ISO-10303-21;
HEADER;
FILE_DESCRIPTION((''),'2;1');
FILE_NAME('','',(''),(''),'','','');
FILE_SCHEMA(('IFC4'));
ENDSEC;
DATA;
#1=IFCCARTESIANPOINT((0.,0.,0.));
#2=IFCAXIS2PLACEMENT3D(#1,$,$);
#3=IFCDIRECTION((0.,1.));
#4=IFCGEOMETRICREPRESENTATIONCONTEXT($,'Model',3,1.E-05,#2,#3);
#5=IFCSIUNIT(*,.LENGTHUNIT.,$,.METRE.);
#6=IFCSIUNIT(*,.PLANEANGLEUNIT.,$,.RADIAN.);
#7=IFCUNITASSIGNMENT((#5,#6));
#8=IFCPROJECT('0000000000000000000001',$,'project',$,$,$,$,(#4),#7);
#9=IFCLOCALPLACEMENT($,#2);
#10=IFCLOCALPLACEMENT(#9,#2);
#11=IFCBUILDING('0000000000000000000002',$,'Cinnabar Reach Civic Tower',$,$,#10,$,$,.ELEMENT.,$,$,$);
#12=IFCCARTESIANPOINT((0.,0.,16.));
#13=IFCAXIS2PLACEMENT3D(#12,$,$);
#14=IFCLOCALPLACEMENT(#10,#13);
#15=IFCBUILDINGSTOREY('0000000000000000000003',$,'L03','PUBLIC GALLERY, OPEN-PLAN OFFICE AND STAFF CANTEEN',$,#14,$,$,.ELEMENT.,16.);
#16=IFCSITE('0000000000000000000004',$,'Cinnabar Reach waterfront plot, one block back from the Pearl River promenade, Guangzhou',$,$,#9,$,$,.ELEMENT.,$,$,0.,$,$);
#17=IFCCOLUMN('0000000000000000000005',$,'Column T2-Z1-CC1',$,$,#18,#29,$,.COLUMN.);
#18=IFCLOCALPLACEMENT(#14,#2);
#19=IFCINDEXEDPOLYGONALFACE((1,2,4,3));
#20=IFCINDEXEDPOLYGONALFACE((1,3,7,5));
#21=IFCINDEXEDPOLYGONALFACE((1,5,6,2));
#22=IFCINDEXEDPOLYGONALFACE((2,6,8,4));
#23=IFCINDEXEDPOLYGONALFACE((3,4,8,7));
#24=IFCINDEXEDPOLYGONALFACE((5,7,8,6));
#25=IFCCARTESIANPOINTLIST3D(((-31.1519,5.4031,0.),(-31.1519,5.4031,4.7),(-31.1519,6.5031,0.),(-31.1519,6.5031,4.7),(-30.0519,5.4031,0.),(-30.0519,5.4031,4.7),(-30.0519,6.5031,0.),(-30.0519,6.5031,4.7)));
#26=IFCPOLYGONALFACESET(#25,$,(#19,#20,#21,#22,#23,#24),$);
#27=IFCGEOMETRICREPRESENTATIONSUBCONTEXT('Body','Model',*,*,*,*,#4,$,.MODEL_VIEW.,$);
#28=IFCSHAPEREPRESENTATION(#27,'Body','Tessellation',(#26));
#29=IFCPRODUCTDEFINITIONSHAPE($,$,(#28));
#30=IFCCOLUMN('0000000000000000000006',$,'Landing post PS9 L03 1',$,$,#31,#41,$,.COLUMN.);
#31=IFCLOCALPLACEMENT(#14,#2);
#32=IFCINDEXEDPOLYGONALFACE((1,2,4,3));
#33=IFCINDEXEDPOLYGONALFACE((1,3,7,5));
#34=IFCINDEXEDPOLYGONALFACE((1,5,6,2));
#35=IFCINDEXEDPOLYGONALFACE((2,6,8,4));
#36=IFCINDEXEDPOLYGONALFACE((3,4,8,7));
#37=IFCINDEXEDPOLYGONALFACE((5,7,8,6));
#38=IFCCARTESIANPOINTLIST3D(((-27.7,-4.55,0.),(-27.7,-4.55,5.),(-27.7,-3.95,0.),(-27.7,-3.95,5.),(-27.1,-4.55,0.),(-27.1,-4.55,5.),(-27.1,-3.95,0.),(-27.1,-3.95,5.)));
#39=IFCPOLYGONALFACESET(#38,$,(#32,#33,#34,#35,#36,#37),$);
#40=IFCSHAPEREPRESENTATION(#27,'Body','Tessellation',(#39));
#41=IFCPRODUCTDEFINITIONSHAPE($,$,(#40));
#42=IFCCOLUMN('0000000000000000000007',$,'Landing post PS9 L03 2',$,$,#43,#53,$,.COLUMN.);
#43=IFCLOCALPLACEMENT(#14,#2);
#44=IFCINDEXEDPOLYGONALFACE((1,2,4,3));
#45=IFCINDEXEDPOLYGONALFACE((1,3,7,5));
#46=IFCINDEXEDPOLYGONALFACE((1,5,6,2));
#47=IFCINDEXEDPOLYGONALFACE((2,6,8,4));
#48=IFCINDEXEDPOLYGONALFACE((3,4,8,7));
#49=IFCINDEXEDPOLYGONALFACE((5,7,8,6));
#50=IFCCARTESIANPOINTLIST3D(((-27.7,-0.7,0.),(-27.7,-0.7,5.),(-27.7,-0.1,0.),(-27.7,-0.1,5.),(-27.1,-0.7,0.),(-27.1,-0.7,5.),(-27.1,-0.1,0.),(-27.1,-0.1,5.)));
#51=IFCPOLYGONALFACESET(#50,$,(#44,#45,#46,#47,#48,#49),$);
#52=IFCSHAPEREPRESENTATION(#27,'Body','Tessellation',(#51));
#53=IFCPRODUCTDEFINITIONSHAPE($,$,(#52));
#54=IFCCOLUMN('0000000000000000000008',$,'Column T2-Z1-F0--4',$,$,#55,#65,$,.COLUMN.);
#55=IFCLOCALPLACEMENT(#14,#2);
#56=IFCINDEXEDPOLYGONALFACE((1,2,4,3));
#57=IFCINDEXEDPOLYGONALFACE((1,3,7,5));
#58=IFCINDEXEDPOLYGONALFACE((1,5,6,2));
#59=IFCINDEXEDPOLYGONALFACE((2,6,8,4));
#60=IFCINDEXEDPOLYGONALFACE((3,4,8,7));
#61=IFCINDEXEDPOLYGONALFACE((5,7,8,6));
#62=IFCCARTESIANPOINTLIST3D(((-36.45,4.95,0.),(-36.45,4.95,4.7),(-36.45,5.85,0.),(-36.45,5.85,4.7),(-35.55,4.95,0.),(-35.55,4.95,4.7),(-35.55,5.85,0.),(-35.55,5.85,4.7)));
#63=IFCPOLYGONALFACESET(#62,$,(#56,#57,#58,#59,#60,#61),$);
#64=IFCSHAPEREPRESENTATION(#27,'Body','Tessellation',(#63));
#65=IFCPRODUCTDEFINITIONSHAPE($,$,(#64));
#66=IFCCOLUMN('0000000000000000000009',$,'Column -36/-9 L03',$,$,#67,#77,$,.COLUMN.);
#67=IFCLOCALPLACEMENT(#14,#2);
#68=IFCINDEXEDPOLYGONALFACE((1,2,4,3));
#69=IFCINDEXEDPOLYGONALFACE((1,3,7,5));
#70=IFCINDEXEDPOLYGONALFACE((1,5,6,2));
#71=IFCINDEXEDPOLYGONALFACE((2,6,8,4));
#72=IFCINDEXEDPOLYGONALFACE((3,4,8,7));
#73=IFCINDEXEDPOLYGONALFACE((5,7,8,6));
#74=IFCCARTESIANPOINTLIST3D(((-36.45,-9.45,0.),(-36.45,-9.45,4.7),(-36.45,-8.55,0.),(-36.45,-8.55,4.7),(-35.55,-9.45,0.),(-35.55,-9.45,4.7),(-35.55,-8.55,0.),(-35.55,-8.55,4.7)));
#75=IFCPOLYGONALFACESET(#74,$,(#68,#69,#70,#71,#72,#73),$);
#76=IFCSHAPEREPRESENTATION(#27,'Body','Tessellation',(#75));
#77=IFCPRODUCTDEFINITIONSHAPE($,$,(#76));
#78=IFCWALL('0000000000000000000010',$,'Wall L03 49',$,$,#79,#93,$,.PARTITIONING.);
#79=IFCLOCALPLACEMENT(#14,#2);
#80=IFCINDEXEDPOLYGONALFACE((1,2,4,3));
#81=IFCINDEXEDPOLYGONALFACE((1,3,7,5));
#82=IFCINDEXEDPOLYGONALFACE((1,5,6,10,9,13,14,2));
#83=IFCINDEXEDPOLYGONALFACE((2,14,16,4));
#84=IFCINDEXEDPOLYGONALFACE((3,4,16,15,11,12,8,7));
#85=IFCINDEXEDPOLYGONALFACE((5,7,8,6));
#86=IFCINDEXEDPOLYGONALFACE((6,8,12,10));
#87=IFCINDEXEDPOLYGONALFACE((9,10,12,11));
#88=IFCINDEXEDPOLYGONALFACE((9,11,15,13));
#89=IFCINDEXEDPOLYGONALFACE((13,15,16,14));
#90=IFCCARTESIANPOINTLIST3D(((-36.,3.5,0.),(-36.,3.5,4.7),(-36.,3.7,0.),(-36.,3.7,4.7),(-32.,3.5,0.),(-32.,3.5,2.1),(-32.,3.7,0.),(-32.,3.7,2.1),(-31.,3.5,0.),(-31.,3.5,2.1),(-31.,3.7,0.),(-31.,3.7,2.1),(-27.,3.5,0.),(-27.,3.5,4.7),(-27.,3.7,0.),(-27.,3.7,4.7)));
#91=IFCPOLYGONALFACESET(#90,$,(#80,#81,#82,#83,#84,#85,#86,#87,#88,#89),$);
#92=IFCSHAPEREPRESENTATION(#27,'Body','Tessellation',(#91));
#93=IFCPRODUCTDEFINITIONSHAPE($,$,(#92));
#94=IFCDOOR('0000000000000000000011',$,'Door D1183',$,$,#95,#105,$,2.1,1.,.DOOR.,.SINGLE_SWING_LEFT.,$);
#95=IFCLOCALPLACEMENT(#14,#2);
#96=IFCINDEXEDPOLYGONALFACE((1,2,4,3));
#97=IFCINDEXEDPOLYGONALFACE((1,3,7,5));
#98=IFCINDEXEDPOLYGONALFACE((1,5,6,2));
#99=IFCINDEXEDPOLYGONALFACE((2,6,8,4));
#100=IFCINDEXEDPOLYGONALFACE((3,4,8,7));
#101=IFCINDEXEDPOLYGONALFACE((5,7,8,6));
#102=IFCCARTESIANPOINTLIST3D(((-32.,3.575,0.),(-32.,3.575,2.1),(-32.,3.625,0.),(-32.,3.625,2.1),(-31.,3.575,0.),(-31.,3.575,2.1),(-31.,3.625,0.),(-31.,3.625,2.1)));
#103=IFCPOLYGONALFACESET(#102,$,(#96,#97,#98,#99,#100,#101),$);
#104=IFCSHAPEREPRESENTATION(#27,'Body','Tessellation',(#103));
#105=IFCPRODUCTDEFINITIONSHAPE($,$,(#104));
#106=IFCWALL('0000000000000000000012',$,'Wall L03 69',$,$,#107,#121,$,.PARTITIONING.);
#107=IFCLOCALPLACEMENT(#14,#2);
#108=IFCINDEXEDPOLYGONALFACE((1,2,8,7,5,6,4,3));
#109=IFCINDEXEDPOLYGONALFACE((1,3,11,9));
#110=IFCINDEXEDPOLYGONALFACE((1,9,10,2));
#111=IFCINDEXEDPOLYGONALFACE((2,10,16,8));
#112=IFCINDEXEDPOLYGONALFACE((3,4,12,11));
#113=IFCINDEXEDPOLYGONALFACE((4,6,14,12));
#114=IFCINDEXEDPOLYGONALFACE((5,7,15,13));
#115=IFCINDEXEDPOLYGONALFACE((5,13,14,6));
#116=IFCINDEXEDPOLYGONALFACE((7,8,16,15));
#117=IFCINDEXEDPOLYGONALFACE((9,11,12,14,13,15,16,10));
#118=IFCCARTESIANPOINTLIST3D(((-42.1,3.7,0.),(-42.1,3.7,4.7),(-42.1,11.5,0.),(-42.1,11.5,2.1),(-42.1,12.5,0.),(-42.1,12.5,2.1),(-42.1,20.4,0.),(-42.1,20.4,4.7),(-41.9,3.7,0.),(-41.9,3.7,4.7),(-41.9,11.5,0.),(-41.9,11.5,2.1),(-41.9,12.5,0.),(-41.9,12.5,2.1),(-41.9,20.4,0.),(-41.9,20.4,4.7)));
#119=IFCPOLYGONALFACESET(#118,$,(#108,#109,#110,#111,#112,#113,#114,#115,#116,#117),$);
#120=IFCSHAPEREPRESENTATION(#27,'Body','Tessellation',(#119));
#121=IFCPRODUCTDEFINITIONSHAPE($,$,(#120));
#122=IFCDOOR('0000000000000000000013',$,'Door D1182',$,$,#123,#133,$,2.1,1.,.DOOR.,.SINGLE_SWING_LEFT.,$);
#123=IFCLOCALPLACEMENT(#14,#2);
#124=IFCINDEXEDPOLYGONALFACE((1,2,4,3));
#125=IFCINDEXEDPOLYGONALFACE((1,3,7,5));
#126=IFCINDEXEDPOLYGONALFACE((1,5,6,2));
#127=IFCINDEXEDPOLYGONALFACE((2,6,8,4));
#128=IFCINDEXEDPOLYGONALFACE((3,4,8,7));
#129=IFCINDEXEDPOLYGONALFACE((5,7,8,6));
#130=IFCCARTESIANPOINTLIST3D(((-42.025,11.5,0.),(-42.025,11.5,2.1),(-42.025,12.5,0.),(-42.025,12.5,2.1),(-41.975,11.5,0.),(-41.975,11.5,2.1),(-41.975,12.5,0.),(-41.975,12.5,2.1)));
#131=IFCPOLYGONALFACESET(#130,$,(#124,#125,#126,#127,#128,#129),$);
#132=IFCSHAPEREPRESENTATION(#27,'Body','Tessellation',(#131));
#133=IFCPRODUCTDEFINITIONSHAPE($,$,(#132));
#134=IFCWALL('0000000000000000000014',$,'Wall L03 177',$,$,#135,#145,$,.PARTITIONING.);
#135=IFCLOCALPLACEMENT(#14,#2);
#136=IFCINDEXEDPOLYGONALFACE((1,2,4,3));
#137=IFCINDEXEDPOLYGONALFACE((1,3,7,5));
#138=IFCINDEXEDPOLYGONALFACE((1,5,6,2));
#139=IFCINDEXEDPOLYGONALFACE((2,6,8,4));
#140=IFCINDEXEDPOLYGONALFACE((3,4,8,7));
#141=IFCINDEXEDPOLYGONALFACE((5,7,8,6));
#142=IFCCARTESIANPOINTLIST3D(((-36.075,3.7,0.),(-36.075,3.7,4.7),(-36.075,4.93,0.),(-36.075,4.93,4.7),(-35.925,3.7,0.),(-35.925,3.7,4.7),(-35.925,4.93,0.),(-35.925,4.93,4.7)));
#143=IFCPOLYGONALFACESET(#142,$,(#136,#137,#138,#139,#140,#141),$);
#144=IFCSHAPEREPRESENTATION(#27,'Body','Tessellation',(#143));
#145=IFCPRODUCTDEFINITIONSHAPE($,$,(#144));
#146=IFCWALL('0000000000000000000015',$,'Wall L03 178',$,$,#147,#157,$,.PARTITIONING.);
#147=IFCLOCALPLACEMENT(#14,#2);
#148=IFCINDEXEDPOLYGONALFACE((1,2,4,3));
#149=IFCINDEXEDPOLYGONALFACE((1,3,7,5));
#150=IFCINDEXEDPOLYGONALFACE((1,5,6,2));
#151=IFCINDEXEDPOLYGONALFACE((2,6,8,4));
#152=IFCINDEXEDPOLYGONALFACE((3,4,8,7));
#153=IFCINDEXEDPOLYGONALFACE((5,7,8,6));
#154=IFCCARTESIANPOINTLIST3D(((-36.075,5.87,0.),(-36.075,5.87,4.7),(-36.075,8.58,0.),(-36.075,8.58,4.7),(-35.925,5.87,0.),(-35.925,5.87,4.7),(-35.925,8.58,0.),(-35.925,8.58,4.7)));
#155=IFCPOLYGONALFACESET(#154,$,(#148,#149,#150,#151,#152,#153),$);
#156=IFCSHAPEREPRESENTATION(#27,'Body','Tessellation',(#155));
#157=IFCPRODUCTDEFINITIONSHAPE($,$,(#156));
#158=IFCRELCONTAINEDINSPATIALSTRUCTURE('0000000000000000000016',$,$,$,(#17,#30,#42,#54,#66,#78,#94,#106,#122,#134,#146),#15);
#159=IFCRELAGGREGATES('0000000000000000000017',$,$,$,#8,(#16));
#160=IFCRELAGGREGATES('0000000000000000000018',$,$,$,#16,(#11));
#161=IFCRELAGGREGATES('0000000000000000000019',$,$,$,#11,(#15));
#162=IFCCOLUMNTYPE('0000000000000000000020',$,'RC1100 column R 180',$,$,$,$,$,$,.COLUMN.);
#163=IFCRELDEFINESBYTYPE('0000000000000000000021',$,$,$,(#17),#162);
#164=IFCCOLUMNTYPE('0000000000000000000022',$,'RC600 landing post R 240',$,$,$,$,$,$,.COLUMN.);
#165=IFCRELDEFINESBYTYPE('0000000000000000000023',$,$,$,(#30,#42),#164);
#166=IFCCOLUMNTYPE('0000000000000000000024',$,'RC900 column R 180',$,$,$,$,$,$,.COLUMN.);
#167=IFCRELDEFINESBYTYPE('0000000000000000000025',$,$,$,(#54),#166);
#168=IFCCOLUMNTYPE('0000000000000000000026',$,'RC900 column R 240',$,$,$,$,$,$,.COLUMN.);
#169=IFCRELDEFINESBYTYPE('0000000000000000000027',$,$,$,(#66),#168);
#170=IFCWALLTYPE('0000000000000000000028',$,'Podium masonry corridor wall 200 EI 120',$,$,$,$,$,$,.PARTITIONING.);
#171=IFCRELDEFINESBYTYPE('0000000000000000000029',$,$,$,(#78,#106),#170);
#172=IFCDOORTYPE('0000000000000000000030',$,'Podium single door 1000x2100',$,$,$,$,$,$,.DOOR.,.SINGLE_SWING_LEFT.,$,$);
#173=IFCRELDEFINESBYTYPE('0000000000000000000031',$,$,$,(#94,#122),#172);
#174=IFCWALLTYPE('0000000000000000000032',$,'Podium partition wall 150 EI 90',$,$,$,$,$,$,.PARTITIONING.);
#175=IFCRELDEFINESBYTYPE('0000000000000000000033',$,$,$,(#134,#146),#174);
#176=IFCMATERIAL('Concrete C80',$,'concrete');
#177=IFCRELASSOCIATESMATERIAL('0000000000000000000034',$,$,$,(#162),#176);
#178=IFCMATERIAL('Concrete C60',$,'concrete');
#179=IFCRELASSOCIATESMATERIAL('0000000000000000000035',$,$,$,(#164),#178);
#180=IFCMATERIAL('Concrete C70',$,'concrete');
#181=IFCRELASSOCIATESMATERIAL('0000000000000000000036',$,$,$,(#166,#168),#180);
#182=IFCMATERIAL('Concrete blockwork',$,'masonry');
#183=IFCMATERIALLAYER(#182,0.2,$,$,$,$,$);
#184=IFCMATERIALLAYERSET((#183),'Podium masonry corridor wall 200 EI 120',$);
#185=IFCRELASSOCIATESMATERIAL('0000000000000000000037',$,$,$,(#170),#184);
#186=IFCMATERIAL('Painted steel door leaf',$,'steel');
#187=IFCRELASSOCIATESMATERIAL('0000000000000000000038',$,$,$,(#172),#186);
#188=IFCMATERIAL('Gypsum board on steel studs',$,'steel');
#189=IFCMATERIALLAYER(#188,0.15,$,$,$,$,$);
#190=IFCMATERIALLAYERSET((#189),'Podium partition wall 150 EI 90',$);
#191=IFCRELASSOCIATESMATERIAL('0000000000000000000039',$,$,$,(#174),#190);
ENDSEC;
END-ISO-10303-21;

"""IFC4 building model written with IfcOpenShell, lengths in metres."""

from ifc_helpers import new_model, si_unit, direction, frame, frame_2d, origin, origin_2d, place, context, subcontext, project, spatial, rectangle, extrude, material, layer, layer_set, material_profile, profile_set, type_object, element, fill, save


model = new_model("IFC4")

# Units and contexts
model_context = context("Model", 3, precision=1e-05, world=origin(), true_north=direction((0.0, 1.0)))
body_context = subcontext(model_context, "Body", "Model", "MODEL_VIEW")
ifc_project = project(units=[si_unit("LENGTHUNIT", "METRE"), si_unit("PLANEANGLEUNIT", "RADIAN")], contexts=[model_context])

# Site, building, storey
site_placement = place(None, origin())
site = spatial("IfcSite", under=ifc_project, at=site_placement, Name="Cinnabar Reach waterfront plot, one block back from the Pearl River promenade, Guangzhou", CompositionType="ELEMENT", RefElevation=0.0)
building_placement = place(site_placement, origin())
building = spatial("IfcBuilding", under=site, at=building_placement, Name="Cinnabar Reach Civic Tower", CompositionType="ELEMENT")
storey_placement = place(building_placement, frame((0.0, 0.0, 16.0)))
storey = spatial("IfcBuildingStorey", under=building, at=storey_placement, Name="L03", Description="PUBLIC GALLERY, OPEN-PLAN OFFICE AND STAFF CANTEEN", CompositionType="ELEMENT", Elevation=16.0)

# Columns
ifc_material_1 = material(Name="Concrete C80", Category="concrete")
ifc_material_profile_1 = material_profile(ifc_material_1, rectangle(XDim=1.1, YDim=1.1, at=origin_2d()), Name="RC1100")
ifc_profile_set_1 = profile_set([ifc_material_profile_1], Name="Concrete C80")
column_type_1 = type_object("IfcColumnType", Name="RC1100 column R 180", PredefinedType="COLUMN", material=ifc_profile_set_1)
column_1_placement = place(storey_placement, frame((-30.6019, 5.9531, 0.0), z_axis=(0.0, 0.0, 1.0), x_axis=(1.0, 0.0, 0.0)))
element("IfcColumn", 1, at=column_1_placement, inside=storey, type_object=column_type_1, Name="Column T2-Z1-CC1", PredefinedType="COLUMN", context=body_context, shape_type="SweptSolid", body=[
    extrude(rectangle(XDim=1.1, YDim=1.1, at=origin_2d()), origin(), (0.0, 0.0, 1.0), 4.7),
])
ifc_material_2 = material(Name="Concrete C60", Category="concrete")
ifc_material_profile_2 = material_profile(ifc_material_2, rectangle(XDim=0.6, YDim=0.6, at=origin_2d()), Name="RC600")
ifc_profile_set_2 = profile_set([ifc_material_profile_2], Name="Concrete C60")
column_type_2 = type_object("IfcColumnType", Name="RC600 landing post R 240", PredefinedType="COLUMN", material=ifc_profile_set_2)
for number, where, z_axis, x_axis, name in (
    (2, (-27.4, -4.25, 0.0), (0.0, 0.0, 1.0), (1.0, 0.0, 0.0), "Landing post PS9 L03 1"),
    (3, (-27.4, -0.4, 0.0), (0.0, 0.0, 1.0), (1.0, 0.0, 0.0), "Landing post PS9 L03 2"),
):
    element("IfcColumn", number, at=place(storey_placement, frame(where, z_axis=z_axis, x_axis=x_axis)), inside=storey, type_object=column_type_2, Name=name, PredefinedType="COLUMN", context=body_context, shape_type="SweptSolid", body=[
        extrude(rectangle(XDim=0.6, YDim=0.6, at=origin_2d()), origin(), (0.0, 0.0, 1.0), 5.0),
    ])
ifc_material_3 = material(Name="Concrete C70", Category="concrete")
ifc_material_profile_3 = material_profile(ifc_material_3, rectangle(XDim=0.9, YDim=0.9, at=origin_2d()), Name="RC900")
ifc_profile_set_3 = profile_set([ifc_material_profile_3], Name="Concrete C70")
column_type_3 = type_object("IfcColumnType", Name="RC900 column R 180", PredefinedType="COLUMN", material=ifc_profile_set_3)
column_2_placement = place(storey_placement, frame((-36.0, 5.4, 0.0), z_axis=(0.0, 0.0, 1.0), x_axis=(1.0, 0.0, 0.0)))
element("IfcColumn", 4, at=column_2_placement, inside=storey, type_object=column_type_3, Name="Column T2-Z1-F0--4", PredefinedType="COLUMN", context=body_context, shape_type="SweptSolid", body=[
    extrude(rectangle(XDim=0.9, YDim=0.9, at=origin_2d()), origin(), (0.0, 0.0, 1.0), 4.7),
])
ifc_material_profile_4 = material_profile(ifc_material_3, rectangle(XDim=0.9, YDim=0.9, at=origin_2d()), Name="RC900")
ifc_profile_set_4 = profile_set([ifc_material_profile_4], Name="Concrete C70")
column_type_4 = type_object("IfcColumnType", Name="RC900 column R 240", PredefinedType="COLUMN", material=ifc_profile_set_4)
column_3_placement = place(storey_placement, frame((-36.0, -9.0, 0.0), z_axis=(0.0, 0.0, 1.0), x_axis=(1.0, 0.0, 0.0)))
element("IfcColumn", 5, at=column_3_placement, inside=storey, type_object=column_type_4, Name="Column -36/-9 L03", PredefinedType="COLUMN", context=body_context, shape_type="SweptSolid", body=[
    extrude(rectangle(XDim=0.9, YDim=0.9, at=origin_2d()), origin(), (0.0, 0.0, 1.0), 4.7),
])

# Walls, openings, doors
ifc_material_4 = material(Name="Concrete blockwork", Category="masonry")
ifc_layer_1 = layer(ifc_material_4, 0.2)
ifc_layer_set_1 = layer_set([ifc_layer_1], Name="Podium masonry corridor wall 200 EI 120")
wall_type_1 = type_object("IfcWallType", Name="Podium masonry corridor wall 200 EI 120", PredefinedType="PARTITIONING", material=ifc_layer_set_1)
wall_1_placement = place(storey_placement, frame((-36.0, 3.6, 0.0), z_axis=(0.0, 0.0, 1.0), x_axis=(1.0, 0.0, 0.0)))
wall_1 = element("IfcWall", 6, at=wall_1_placement, inside=storey, type_object=wall_type_1, Name="Wall L03 49", PredefinedType="PARTITIONING", context=body_context, shape_type="SweptSolid", body=[
    extrude(rectangle(XDim=9.0, YDim=0.2, at=frame_2d((4.5, 0.0))), origin(), (0.0, 0.0, 1.0), 4.7),
])
opening_1_placement = place(wall_1_placement, frame((4.0, 0.0, 0.0)))
opening_1 = element("IfcOpeningElement", 7, at=opening_1_placement, cuts=wall_1, PredefinedType="OPENING", context=body_context, shape_type="SweptSolid", body=[
    extrude(rectangle(XDim=1.0, YDim=2.1, at=frame_2d((0.5, 1.05))), frame((0.0, 0.11, 0.0), z_axis=(0.0, -1.0, 0.0), x_axis=(1.0, 0.0, 0.0)), (0.0, 0.0, 1.0), 0.22),
])
ifc_material_5 = material(Name="Painted steel door leaf", Category="steel")
door_type_1 = type_object("IfcDoorType", Name="Podium single door 1000x2100", OperationType="SINGLE_SWING_LEFT", PredefinedType="DOOR", material=ifc_material_5)
door_1_placement = place(opening_1_placement, origin())
door_1 = element("IfcDoor", 8, at=door_1_placement, inside=storey, type_object=door_type_1, Name="Door D1183", OperationType="SINGLE_SWING_LEFT", OverallHeight=2.1, OverallWidth=1.0, PredefinedType="DOOR", context=body_context, shape_type="SweptSolid", body=[
    extrude(rectangle(XDim=1.0, YDim=2.1, at=frame_2d((0.5, 1.05))), frame((0.0, 0.025, 0.0), z_axis=(0.0, -1.0, 0.0), x_axis=(1.0, 0.0, 0.0)), (0.0, 0.0, 1.0), 0.05),
])
fill(opening_1, door_1)
wall_2_placement = place(storey_placement, frame((-42.0, 3.7, 0.0), z_axis=(0.0, 0.0, 1.0), x_axis=(0.0, 1.0, 0.0)))
wall_2 = element("IfcWall", 9, at=wall_2_placement, inside=storey, type_object=wall_type_1, Name="Wall L03 69", PredefinedType="PARTITIONING", context=body_context, shape_type="SweptSolid", body=[
    extrude(rectangle(XDim=16.7, YDim=0.2, at=frame_2d((8.35, 0.0))), origin(), (0.0, 0.0, 1.0), 4.7),
])
opening_2_placement = place(wall_2_placement, frame((7.8, 0.0, 0.0)))
opening_2 = element("IfcOpeningElement", 10, at=opening_2_placement, cuts=wall_2, PredefinedType="OPENING", context=body_context, shape_type="SweptSolid", body=[
    extrude(rectangle(XDim=1.0, YDim=2.1, at=frame_2d((0.5, 1.05))), frame((0.0, 0.11, 0.0), z_axis=(0.0, -1.0, 0.0), x_axis=(1.0, 0.0, 0.0)), (0.0, 0.0, 1.0), 0.22),
])
door_2_placement = place(opening_2_placement, frame((1.0, 0.0, 0.0), z_axis=(0.0, 0.0, 1.0), x_axis=(-1.0, 0.0, 0.0)))
door_2 = element("IfcDoor", 11, at=door_2_placement, inside=storey, type_object=door_type_1, Name="Door D1182", OperationType="SINGLE_SWING_LEFT", OverallHeight=2.1, OverallWidth=1.0, PredefinedType="DOOR", context=body_context, shape_type="SweptSolid", body=[
    extrude(rectangle(XDim=1.0, YDim=2.1, at=frame_2d((0.5, 1.05))), frame((0.0, 0.025, 0.0), z_axis=(0.0, -1.0, 0.0), x_axis=(1.0, 0.0, 0.0)), (0.0, 0.0, 1.0), 0.05),
])
fill(opening_2, door_2)

# Walls
ifc_material_6 = material(Name="Gypsum board on steel studs", Category="steel")
ifc_layer_2 = layer(ifc_material_6, 0.15)
ifc_layer_set_2 = layer_set([ifc_layer_2], Name="Podium partition wall 150 EI 90")
wall_type_2 = type_object("IfcWallType", Name="Podium partition wall 150 EI 90", PredefinedType="PARTITIONING", material=ifc_layer_set_2)
wall_3_placement = place(storey_placement, frame((-36.0, 3.7, 0.0), z_axis=(0.0, 0.0, 1.0), x_axis=(0.0, 1.0, 0.0)))
element("IfcWall", 12, at=wall_3_placement, inside=storey, type_object=wall_type_2, Name="Wall L03 177", PredefinedType="PARTITIONING", context=body_context, shape_type="SweptSolid", body=[
    extrude(rectangle(XDim=1.23, YDim=0.15, at=frame_2d((0.615, 0.0))), origin(), (0.0, 0.0, 1.0), 4.7),
])
wall_4_placement = place(storey_placement, frame((-36.0, 5.87, 0.0), z_axis=(0.0, 0.0, 1.0), x_axis=(0.0, 1.0, 0.0)))
element("IfcWall", 13, at=wall_4_placement, inside=storey, type_object=wall_type_2, Name="Wall L03 178", PredefinedType="PARTITIONING", context=body_context, shape_type="SweptSolid", body=[
    extrude(rectangle(XDim=2.71, YDim=0.15, at=frame_2d((1.355, 0.0))), origin(), (0.0, 0.0, 1.0), 4.7),
])

save(model, "model.ifc")
